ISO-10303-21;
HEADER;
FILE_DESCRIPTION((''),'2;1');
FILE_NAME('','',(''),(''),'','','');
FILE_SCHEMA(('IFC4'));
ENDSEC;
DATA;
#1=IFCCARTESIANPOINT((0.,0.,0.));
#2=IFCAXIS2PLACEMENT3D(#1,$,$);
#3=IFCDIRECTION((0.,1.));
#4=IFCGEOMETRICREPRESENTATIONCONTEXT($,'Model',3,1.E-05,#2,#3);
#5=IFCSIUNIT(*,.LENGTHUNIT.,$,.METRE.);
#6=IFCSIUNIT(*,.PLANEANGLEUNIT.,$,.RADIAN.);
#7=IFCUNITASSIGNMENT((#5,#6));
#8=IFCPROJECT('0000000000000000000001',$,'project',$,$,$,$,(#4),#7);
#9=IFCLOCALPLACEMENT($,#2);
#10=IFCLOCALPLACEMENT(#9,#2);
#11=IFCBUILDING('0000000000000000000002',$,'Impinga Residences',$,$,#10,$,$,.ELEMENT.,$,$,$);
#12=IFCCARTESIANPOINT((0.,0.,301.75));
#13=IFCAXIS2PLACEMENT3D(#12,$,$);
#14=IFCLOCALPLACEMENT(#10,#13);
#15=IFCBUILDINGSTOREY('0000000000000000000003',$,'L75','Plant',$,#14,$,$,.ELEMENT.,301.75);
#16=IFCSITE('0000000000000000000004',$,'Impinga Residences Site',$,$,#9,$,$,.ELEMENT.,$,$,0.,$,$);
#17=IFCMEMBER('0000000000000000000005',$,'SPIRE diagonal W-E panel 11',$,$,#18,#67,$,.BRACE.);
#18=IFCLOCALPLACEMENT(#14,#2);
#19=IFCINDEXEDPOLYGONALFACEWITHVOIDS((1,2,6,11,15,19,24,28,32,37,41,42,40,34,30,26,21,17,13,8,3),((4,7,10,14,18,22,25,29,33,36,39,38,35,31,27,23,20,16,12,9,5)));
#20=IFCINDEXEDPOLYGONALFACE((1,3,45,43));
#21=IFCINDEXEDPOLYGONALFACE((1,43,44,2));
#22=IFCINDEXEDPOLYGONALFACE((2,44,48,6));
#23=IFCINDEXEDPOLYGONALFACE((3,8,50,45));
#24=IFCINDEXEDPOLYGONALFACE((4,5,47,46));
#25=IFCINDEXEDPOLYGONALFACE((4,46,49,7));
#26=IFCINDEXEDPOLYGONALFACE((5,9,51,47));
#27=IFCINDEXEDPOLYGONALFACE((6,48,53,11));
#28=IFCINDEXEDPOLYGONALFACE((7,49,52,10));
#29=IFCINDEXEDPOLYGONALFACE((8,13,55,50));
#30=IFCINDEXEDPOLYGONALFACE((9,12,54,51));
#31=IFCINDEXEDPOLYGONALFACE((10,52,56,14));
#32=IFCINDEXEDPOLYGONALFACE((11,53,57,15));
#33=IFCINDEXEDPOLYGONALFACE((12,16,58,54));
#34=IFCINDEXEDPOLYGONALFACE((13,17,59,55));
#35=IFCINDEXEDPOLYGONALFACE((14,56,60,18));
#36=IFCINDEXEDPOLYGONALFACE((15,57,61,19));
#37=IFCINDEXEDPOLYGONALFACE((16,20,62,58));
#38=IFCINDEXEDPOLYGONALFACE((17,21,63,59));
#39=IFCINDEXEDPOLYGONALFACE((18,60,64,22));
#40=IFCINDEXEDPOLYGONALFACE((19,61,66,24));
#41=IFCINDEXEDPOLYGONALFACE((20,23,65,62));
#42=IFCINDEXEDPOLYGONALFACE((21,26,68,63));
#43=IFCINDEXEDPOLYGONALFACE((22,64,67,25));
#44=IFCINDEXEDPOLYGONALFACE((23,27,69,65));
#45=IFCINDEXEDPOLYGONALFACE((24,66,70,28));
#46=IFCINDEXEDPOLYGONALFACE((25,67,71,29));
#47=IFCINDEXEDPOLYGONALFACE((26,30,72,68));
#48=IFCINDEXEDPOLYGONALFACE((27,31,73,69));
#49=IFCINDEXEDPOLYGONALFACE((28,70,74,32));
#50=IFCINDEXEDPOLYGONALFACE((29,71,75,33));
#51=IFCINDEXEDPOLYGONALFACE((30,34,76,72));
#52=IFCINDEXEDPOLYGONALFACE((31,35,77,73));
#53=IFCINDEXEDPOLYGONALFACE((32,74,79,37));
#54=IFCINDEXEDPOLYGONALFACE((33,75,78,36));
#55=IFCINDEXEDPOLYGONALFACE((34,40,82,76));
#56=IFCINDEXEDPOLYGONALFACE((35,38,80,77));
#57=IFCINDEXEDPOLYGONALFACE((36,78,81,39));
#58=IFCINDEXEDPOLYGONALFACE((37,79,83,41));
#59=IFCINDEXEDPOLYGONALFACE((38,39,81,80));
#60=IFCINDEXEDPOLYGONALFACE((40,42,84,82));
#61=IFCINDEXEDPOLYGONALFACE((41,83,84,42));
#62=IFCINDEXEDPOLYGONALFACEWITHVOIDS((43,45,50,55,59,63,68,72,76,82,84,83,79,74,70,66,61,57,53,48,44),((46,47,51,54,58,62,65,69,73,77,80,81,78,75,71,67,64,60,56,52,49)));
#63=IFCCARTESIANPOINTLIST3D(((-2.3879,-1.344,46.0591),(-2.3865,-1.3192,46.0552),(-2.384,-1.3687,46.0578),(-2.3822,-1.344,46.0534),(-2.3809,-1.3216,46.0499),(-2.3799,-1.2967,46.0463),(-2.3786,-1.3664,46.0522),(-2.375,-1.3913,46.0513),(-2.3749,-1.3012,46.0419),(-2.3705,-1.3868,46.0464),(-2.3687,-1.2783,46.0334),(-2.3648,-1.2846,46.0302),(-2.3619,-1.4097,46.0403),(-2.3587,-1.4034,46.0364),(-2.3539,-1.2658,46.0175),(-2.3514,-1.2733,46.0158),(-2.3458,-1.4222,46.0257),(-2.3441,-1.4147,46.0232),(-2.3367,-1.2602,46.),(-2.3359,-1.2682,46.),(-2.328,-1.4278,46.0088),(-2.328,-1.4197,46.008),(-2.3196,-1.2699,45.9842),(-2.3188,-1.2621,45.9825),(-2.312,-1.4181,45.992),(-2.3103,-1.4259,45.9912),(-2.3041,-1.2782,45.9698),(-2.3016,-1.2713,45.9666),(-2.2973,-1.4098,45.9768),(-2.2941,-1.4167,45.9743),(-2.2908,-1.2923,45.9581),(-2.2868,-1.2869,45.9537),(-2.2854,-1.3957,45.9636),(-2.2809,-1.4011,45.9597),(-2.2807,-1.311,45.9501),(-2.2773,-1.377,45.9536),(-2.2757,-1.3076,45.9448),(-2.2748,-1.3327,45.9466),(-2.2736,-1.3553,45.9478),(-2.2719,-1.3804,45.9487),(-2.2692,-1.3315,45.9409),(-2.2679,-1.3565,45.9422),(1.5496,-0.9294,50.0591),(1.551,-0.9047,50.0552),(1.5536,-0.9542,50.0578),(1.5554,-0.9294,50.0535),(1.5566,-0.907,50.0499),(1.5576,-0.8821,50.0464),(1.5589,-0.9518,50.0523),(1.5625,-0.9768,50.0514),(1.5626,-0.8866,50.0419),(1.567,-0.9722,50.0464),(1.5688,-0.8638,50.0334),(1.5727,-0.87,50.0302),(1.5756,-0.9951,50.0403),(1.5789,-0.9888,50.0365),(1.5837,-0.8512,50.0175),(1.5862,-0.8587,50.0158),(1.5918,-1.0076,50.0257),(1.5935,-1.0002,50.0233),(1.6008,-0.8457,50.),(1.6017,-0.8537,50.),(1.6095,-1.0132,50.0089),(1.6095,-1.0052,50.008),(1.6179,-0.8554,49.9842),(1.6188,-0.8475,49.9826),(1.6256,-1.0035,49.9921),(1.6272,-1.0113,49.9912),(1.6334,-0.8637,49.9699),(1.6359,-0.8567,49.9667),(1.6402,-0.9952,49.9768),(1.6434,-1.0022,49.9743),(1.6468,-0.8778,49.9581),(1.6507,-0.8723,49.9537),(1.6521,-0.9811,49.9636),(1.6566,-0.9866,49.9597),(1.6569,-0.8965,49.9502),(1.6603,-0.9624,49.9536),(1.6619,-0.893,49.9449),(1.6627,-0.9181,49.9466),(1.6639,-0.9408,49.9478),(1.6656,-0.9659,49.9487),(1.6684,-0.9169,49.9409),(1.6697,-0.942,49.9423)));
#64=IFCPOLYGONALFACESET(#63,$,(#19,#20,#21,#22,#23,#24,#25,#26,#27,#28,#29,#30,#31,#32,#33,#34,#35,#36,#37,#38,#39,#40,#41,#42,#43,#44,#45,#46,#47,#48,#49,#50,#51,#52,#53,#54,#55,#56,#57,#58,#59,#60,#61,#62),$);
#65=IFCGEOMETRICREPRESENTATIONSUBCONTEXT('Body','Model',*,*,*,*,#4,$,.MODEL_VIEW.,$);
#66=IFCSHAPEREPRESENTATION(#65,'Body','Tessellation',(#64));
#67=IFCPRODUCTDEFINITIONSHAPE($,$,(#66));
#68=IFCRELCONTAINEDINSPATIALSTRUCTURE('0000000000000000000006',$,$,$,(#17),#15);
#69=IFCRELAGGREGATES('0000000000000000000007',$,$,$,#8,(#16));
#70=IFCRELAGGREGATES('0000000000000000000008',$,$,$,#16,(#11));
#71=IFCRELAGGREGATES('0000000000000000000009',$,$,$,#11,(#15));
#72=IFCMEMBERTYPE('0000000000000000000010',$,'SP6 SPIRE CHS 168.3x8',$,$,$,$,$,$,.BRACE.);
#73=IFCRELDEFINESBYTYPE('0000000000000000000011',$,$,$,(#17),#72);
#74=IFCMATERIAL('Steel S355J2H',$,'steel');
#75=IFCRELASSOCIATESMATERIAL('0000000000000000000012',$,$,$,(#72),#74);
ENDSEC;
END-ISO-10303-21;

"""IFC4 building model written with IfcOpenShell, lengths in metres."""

from ifc_helpers import new_model, si_unit, direction, frame, origin, origin_2d, place, context, subcontext, project, spatial, hollow_circle, extrude, material, material_profile, profile_set, type_object, element, save


model = new_model("IFC4")

# Units and contexts
model_context = context("Model", 3, precision=1e-05, world=origin(), true_north=direction((0.0, 1.0)))
body_context = subcontext(model_context, "Body", "Model", "MODEL_VIEW")
ifc_project = project(units=[si_unit("LENGTHUNIT", "METRE"), si_unit("PLANEANGLEUNIT", "RADIAN")], contexts=[model_context])

# Site, building, storey
site_placement = place(None, origin())
site = spatial("IfcSite", under=ifc_project, at=site_placement, Name="Impinga Residences Site", CompositionType="ELEMENT", RefElevation=0.0)
building_placement = place(site_placement, origin())
building = spatial("IfcBuilding", under=site, at=building_placement, Name="Impinga Residences", CompositionType="ELEMENT")
storey_placement = place(building_placement, frame((0.0, 0.0, 301.75)))
storey = spatial("IfcBuildingStorey", under=building, at=storey_placement, Name="L75", Description="Plant", CompositionType="ELEMENT", Elevation=301.75)

# Member
ifc_material = material(Name="Steel S355J2H", Category="steel")
ifc_material_profile_1 = material_profile(ifc_material, hollow_circle(Radius=0.0842, WallThickness=0.0081, at=origin_2d()), Name="CHS 168.3x8")
ifc_profile_set_1 = profile_set([ifc_material_profile_1], Name="Steel S355J2H")
member_type_1 = type_object("IfcMemberType", Name="SP6 SPIRE CHS 168.3x8", PredefinedType="BRACE", material=ifc_profile_set_1)
for number, where, z_axis, x_axis, name in (
    (1, (-2.3279, -1.344, 46.0), (0.699612, 0.073657, 0.710717), (-0.104704, 0.994503, 0.0), "SPIRE diagonal W-E panel 11"),
):
    element("IfcMember", number, at=place(storey_placement, frame(where, z_axis=z_axis, x_axis=x_axis)), inside=storey, type_object=member_type_1, Name=name, PredefinedType="BRACE", context=body_context, shape_type="SweptSolid", body=[
        extrude(hollow_circle(Radius=0.0842, WallThickness=0.0081, at=origin_2d()), origin(), (0.0, 0.0, 1.0), 5.6282),
    ])

save(model, "model.ifc")
